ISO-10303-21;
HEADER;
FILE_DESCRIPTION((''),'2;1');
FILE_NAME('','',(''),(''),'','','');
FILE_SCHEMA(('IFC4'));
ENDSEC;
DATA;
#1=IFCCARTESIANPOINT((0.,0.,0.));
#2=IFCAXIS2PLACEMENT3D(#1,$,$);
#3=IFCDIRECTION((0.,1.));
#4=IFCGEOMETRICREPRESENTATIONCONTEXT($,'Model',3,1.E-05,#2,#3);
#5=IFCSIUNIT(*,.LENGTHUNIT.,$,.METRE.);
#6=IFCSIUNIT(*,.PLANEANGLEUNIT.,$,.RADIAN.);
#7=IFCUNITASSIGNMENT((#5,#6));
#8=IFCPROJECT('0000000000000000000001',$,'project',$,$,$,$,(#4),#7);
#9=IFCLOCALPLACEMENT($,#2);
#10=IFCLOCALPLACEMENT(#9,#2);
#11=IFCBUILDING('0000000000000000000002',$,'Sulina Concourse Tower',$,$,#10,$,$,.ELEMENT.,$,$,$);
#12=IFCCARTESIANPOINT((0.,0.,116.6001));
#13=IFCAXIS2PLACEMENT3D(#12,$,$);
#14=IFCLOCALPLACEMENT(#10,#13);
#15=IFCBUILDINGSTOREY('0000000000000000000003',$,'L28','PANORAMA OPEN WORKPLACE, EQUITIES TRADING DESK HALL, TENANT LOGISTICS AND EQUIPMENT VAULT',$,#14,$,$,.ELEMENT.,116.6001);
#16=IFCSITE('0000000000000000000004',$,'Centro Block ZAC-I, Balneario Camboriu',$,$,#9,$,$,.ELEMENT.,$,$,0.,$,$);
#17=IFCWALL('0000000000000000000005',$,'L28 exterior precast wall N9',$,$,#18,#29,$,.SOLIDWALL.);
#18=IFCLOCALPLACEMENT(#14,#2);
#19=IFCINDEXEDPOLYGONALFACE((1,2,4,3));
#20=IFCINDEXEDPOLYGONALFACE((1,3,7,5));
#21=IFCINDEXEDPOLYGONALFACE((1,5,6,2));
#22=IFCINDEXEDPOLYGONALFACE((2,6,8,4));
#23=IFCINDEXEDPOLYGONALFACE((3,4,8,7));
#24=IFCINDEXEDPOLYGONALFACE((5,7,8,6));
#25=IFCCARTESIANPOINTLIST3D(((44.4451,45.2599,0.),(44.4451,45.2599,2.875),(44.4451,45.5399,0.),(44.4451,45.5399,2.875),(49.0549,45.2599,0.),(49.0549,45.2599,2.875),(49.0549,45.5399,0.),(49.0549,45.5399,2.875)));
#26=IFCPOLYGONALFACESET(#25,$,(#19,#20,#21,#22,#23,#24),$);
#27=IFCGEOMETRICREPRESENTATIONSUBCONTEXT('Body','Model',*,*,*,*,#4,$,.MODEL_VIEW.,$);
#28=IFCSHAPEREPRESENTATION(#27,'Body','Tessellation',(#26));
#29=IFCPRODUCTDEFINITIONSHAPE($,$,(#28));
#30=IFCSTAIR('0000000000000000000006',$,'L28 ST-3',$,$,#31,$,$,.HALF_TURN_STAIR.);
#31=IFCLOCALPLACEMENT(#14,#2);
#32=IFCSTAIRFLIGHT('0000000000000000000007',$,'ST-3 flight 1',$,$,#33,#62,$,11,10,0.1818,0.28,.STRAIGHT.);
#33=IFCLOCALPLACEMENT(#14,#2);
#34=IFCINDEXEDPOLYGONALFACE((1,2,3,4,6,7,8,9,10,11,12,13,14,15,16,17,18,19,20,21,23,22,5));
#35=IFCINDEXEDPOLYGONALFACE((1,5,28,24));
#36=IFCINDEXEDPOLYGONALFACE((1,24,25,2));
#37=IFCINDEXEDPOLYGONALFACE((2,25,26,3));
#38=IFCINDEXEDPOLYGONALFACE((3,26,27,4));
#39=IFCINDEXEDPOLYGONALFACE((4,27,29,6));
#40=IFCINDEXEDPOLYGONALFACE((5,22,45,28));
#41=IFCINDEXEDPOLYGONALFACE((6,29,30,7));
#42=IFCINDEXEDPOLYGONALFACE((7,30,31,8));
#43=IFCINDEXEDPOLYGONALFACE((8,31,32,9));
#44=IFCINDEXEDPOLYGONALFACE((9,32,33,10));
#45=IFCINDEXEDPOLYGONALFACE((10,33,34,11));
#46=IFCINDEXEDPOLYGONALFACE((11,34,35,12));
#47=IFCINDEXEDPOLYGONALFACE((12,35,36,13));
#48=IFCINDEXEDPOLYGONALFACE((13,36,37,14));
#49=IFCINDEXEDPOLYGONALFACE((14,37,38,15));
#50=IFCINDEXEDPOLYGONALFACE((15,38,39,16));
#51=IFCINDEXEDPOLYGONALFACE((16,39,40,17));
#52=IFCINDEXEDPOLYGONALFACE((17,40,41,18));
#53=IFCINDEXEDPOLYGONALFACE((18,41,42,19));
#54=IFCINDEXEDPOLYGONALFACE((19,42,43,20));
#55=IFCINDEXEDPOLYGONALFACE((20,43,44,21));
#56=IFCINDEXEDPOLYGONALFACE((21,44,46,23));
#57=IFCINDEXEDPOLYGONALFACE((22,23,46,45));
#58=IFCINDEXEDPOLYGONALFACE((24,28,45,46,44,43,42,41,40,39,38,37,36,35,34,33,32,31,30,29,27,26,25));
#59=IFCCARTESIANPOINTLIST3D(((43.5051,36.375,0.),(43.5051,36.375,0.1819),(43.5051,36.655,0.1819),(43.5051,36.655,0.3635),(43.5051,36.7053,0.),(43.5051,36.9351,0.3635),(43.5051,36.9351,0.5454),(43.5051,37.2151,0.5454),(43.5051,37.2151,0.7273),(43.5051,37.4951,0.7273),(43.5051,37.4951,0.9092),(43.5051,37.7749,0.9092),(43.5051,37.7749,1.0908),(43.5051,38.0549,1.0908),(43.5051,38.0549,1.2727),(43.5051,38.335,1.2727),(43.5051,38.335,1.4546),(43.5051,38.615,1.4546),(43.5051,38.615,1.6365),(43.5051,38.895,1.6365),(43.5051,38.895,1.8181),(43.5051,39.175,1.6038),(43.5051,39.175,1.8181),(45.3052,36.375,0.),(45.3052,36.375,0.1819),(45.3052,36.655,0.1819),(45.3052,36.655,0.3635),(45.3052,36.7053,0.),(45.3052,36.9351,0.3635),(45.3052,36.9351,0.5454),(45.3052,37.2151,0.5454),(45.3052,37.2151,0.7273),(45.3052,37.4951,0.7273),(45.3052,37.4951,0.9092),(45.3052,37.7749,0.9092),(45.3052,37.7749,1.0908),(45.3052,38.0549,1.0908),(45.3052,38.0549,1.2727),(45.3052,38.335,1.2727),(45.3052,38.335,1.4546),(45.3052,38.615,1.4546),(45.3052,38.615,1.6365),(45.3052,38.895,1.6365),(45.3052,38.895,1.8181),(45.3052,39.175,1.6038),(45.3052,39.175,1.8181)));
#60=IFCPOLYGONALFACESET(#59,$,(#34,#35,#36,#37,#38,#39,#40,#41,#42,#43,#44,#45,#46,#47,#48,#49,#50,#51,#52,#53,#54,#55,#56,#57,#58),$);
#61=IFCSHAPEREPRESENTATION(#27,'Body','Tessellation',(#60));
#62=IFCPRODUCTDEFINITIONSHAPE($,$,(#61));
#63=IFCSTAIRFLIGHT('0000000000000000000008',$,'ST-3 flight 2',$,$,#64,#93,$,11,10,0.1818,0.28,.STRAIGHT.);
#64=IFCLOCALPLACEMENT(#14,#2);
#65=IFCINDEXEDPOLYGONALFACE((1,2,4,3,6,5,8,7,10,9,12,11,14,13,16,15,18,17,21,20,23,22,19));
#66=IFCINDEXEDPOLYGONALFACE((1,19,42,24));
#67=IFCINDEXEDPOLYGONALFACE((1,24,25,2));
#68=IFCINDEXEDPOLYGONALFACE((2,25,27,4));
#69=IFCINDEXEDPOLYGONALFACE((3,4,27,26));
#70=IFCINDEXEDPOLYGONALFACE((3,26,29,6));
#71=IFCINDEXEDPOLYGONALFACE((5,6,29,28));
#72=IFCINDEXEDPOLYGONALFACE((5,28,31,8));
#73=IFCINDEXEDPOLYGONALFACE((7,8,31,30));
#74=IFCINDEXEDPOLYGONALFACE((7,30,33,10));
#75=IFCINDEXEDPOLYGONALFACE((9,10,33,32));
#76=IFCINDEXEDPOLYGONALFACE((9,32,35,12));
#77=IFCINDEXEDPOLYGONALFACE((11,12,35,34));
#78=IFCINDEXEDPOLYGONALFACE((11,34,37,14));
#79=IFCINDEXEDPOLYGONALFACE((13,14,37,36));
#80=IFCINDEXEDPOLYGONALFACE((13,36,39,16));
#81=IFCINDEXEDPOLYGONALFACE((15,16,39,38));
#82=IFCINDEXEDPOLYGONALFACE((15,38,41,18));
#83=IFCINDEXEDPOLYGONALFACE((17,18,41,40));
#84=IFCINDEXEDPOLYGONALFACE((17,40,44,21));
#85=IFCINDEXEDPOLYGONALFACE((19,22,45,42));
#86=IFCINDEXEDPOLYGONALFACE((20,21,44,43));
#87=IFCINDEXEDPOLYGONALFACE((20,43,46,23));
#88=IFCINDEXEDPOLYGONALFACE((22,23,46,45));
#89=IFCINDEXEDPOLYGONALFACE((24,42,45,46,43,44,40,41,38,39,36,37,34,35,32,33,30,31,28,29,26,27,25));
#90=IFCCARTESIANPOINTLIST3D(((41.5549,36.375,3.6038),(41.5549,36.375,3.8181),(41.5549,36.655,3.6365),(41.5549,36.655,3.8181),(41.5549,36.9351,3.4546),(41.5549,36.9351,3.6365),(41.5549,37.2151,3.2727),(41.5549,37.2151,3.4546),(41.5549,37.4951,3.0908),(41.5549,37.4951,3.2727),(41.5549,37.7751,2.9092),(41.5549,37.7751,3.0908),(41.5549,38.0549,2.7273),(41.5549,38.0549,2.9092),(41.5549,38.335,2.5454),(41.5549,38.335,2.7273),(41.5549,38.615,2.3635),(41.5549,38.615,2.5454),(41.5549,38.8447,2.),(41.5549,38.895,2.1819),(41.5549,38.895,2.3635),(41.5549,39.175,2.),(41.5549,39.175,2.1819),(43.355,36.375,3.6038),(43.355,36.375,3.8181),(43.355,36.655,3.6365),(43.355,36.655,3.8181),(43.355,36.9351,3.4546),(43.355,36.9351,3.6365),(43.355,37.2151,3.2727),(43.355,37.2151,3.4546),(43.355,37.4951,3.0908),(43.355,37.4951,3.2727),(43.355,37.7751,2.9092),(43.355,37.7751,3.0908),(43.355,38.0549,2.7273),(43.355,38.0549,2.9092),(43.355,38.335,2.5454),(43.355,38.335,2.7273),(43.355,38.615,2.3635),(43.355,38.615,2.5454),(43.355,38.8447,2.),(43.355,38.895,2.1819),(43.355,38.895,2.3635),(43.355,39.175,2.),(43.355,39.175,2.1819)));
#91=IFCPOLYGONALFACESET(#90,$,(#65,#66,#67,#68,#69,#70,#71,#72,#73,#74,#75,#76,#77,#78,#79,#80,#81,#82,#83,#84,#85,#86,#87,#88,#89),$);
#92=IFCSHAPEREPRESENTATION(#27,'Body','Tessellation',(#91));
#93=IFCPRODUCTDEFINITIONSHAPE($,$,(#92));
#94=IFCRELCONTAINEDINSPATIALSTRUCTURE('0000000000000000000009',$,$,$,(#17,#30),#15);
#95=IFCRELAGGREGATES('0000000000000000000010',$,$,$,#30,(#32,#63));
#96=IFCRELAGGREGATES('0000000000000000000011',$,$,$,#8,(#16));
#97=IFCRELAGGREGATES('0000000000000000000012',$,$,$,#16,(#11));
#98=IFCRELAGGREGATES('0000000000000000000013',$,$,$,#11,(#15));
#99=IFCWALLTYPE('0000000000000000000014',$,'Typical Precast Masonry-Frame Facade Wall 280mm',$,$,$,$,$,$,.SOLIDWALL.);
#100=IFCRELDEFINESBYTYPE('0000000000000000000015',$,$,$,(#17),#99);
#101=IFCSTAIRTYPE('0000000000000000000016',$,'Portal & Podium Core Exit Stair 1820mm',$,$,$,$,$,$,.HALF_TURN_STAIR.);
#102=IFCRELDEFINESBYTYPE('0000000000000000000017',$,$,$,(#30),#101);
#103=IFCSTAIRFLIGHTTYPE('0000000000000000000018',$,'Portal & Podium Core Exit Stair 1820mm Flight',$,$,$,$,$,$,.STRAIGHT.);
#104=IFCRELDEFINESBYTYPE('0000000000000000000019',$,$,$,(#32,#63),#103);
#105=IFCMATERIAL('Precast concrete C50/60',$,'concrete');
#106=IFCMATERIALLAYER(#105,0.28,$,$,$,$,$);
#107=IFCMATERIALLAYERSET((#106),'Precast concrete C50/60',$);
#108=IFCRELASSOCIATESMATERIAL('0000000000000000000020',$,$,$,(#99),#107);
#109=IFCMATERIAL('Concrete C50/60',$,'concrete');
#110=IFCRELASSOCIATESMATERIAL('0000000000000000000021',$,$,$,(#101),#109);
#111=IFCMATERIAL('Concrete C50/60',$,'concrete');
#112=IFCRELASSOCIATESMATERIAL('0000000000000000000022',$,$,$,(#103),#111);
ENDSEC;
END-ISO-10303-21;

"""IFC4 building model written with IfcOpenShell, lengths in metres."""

from ifc_helpers import new_model, si_unit, direction, frame, frame_2d, origin, place, context, subcontext, project, spatial, polyline, rectangle, outline, extrude, material, layer, layer_set, type_object, element, aggregate, save


model = new_model("IFC4")

# Units and contexts
model_context = context("Model", 3, precision=1e-05, world=origin(), true_north=direction((0.0, 1.0)))
body_context = subcontext(model_context, "Body", "Model", "MODEL_VIEW")
ifc_project = project(units=[si_unit("LENGTHUNIT", "METRE"), si_unit("PLANEANGLEUNIT", "RADIAN")], contexts=[model_context])

# Site, building, storey
site_placement = place(None, origin())
site = spatial("IfcSite", under=ifc_project, at=site_placement, Name="Centro Block ZAC-I, Balneario Camboriu", CompositionType="ELEMENT", RefElevation=0.0)
building_placement = place(site_placement, origin())
building = spatial("IfcBuilding", under=site, at=building_placement, Name="Sulina Concourse Tower", CompositionType="ELEMENT")
storey_placement = place(building_placement, frame((0.0, 0.0, 116.6001)))
storey = spatial("IfcBuildingStorey", under=building, at=storey_placement, Name="L28", Description="PANORAMA OPEN WORKPLACE, EQUITIES TRADING DESK HALL, TENANT LOGISTICS AND EQUIPMENT VAULT", CompositionType="ELEMENT", Elevation=116.6001)

# Wall
ifc_material_1 = material(Name="Precast concrete C50/60", Category="concrete")
ifc_layer_1 = layer(ifc_material_1, 0.28)
ifc_layer_set_1 = layer_set([ifc_layer_1], Name="Precast concrete C50/60")
wall_type_1 = type_object("IfcWallType", Name="Typical Precast Masonry-Frame Facade Wall 280mm", PredefinedType="SOLIDWALL", material=ifc_layer_set_1)
wall_1_placement = place(storey_placement, frame((44.4451, 45.3999, 0.0), z_axis=(0.0, 0.0, 1.0), x_axis=(1.0, 0.0, 0.0)))
element("IfcWall", 1, at=wall_1_placement, inside=storey, type_object=wall_type_1, Name="L28 exterior precast wall N9", PredefinedType="SOLIDWALL", context=body_context, shape_type="SweptSolid", body=[
    extrude(rectangle(XDim=4.6099, YDim=0.28, at=frame_2d((2.3049, 0.0))), origin(), (0.0, 0.0, 1.0), 2.875),
])

# Stair, stair flights
ifc_material_2 = material(Name="Concrete C50/60", Category="concrete")
stair_type = type_object("IfcStairType", Name="Portal & Podium Core Exit Stair 1820mm", PredefinedType="HALF_TURN_STAIR", material=ifc_material_2)
stair_placement = place(storey_placement, origin())
stair = element("IfcStair", 2, at=stair_placement, inside=storey, type_object=stair_type, Name="L28 ST-3", PredefinedType="HALF_TURN_STAIR")
ifc_material_3 = material(Name="Concrete C50/60", Category="concrete")
stair_flight_type = type_object("IfcStairFlightType", Name="Portal & Podium Core Exit Stair 1820mm Flight", PredefinedType="STRAIGHT", material=ifc_material_3)
stair_flight_1_placement = place(storey_placement, frame((44.405, 36.375, 0.0), z_axis=(0.0, 0.0, 1.0), x_axis=(0.0, 1.0, 0.0)))
stair_flight_1 = element("IfcStairFlight", 3, at=stair_flight_1_placement, type_object=stair_flight_type, Name="ST-3 flight 1", NumberOfRisers=11, NumberOfTreads=10, PredefinedType="STRAIGHT", RiserHeight=0.1818, TreadLength=0.28, context=body_context, shape_type="SweptSolid", body=[
    extrude(outline(polyline([(0.0, 0.0), (0.0, 0.1819), (0.28, 0.1819), (0.28, 0.3635), (0.5601, 0.3635), (0.5601, 0.5454), (0.8401, 0.5454), (0.8401, 0.7273), (1.1201, 0.7273), (1.1201, 0.9092), (1.3999, 0.9092), (1.3999, 1.0908), (1.6799, 1.0908), (1.6799, 1.2727), (1.96, 1.2727), (1.96, 1.4546), (2.24, 1.4546), (2.24, 1.6365), (2.52, 1.6365), (2.52, 1.8181), (2.8, 1.8181), (2.8, 2.0), (2.8, 1.6038), (0.3303, 0.0), (0.0, 0.0)])), frame((0.0, 0.8999, 0.0), z_axis=(0.0, -1.0, 0.0), x_axis=(1.0, 0.0, 0.0)), (0.0, 0.0, 1.0), 1.8),
])
stair_flight_2_placement = place(storey_placement, frame((42.4551, 39.175, 2.0), z_axis=(0.0, 0.0, 1.0), x_axis=(0.0, -1.0, 0.0)))
stair_flight_2 = element("IfcStairFlight", 4, at=stair_flight_2_placement, type_object=stair_flight_type, Name="ST-3 flight 2", NumberOfRisers=11, NumberOfTreads=10, PredefinedType="STRAIGHT", RiserHeight=0.1818, TreadLength=0.28, context=body_context, shape_type="SweptSolid", body=[
    extrude(outline(polyline([(0.0, 0.0), (0.0, 0.1819), (0.28, 0.1819), (0.28, 0.3635), (0.5601, 0.3635), (0.5601, 0.5454), (0.8401, 0.5454), (0.8401, 0.7273), (1.1201, 0.7273), (1.1201, 0.9092), (1.3999, 0.9092), (1.3999, 1.0908), (1.6799, 1.0908), (1.6799, 1.2727), (1.96, 1.2727), (1.96, 1.4546), (2.24, 1.4546), (2.24, 1.6365), (2.52, 1.6365), (2.52, 1.8181), (2.8, 1.8181), (2.8, 2.0), (2.8, 1.6038), (0.3303, 0.0), (0.0, 0.0)])), frame((0.0, 0.8999, 0.0), z_axis=(0.0, -1.0, 0.0), x_axis=(1.0, 0.0, 0.0)), (0.0, 0.0, 1.0), 1.8),
])
aggregate(stair, [stair_flight_1, stair_flight_2])

save(model, "model.ifc")
